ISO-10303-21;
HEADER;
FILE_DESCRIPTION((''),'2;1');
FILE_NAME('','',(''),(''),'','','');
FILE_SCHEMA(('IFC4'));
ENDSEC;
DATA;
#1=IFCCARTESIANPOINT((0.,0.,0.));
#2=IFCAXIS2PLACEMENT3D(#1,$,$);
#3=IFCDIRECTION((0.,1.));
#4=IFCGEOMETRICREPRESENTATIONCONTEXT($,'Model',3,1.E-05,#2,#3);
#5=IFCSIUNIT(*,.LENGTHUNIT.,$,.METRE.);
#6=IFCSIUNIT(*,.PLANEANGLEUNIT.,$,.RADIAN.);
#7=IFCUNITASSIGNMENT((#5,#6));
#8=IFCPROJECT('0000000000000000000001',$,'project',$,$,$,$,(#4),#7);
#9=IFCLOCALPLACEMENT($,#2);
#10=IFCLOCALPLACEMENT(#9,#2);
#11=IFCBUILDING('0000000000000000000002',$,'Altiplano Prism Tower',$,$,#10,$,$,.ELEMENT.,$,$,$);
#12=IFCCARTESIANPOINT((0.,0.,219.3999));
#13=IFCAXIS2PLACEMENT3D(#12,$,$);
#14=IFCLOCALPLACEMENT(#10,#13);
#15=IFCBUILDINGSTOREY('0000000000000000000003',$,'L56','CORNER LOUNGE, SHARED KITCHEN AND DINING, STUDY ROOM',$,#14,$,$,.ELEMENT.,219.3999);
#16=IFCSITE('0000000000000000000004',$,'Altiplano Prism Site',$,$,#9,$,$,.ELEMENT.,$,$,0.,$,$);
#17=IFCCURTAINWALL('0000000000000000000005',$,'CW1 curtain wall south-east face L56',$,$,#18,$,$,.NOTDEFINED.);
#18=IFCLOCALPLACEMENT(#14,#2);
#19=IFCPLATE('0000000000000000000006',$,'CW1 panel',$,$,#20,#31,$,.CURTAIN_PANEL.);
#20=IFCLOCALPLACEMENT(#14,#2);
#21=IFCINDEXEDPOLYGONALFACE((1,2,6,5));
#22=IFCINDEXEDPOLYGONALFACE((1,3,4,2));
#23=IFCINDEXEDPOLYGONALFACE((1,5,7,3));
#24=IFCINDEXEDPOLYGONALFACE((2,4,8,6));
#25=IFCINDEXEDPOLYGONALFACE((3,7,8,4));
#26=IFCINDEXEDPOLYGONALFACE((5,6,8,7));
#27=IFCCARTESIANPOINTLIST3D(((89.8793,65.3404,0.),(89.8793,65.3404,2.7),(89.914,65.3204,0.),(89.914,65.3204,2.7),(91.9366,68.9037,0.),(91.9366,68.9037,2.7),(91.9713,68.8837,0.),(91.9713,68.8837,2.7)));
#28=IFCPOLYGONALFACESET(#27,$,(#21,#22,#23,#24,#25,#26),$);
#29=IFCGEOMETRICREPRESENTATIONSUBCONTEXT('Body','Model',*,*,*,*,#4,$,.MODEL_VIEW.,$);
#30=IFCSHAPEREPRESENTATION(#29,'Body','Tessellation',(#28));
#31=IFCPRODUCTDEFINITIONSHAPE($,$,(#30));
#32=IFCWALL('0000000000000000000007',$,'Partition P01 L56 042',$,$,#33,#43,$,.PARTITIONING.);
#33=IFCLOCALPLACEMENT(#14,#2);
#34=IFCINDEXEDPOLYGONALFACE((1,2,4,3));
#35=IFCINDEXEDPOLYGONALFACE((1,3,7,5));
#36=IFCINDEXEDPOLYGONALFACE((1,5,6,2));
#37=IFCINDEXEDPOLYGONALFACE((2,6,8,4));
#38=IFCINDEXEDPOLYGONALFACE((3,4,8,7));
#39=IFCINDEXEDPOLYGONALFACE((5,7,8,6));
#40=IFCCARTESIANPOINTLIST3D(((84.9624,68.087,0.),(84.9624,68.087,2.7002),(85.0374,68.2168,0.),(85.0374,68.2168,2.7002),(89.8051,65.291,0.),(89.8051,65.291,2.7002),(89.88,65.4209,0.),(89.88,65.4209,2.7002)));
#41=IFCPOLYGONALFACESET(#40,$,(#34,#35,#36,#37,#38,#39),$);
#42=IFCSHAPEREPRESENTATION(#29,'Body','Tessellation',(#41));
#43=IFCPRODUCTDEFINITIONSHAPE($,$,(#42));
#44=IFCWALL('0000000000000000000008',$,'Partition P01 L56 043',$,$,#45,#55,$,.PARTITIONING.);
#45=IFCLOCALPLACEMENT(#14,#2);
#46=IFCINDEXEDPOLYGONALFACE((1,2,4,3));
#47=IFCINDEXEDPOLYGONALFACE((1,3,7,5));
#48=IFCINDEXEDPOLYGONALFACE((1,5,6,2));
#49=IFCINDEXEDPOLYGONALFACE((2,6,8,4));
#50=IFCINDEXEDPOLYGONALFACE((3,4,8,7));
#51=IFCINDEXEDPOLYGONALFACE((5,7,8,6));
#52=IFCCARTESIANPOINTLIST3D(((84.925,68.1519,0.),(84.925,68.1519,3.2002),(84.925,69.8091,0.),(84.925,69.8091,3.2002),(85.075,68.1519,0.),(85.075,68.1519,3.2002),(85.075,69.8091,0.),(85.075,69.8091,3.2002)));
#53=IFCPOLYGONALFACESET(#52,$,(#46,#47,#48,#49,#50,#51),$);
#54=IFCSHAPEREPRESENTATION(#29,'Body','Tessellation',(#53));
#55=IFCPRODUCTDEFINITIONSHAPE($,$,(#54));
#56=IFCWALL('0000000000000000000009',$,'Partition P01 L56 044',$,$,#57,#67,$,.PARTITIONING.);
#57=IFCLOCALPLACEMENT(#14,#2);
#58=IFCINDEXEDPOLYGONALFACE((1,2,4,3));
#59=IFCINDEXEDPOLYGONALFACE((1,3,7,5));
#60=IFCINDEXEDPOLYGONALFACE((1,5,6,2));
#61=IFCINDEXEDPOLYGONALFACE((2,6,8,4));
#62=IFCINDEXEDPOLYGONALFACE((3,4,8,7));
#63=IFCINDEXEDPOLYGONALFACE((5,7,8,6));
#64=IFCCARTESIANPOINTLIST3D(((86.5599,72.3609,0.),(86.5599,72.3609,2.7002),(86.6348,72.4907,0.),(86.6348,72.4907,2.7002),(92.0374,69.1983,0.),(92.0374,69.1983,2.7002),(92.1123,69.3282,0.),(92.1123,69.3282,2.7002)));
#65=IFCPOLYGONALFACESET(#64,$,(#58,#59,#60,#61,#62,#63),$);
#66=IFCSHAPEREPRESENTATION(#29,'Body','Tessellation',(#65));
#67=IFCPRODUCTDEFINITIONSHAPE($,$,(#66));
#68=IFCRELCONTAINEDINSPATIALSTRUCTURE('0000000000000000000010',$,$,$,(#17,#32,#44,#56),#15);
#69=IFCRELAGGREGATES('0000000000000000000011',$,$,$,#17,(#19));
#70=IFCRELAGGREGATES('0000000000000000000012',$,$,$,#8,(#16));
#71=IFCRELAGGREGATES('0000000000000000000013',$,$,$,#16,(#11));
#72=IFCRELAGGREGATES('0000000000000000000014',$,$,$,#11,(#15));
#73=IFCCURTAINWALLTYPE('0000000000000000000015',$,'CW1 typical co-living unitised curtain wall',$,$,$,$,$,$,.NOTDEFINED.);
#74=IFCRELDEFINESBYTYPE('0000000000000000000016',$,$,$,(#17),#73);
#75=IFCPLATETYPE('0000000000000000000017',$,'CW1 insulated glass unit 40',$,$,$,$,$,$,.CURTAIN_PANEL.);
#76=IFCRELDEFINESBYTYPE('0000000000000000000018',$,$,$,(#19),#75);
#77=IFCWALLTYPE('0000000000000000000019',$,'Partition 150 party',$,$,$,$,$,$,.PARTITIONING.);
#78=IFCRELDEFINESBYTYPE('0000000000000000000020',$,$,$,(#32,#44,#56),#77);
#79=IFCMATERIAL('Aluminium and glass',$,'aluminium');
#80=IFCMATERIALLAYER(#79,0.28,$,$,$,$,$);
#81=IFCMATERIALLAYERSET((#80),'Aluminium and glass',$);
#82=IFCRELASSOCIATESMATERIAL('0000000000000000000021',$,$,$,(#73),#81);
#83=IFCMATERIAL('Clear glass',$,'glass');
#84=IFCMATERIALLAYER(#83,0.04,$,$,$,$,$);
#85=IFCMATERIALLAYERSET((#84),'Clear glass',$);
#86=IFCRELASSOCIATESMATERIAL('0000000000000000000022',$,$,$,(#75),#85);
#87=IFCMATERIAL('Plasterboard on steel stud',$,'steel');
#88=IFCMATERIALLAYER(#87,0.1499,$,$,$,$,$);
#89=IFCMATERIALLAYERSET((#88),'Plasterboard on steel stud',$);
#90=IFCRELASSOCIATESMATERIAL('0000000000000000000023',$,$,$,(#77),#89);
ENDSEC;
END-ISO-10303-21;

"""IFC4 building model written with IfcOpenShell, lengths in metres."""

from ifc_helpers import new_model, si_unit, direction, frame, frame_2d, origin, origin_2d, place, context, subcontext, project, spatial, rectangle, extrude, material, layer, layer_set, type_object, element, aggregate, save


model = new_model("IFC4")

# Units and contexts
model_context = context("Model", 3, precision=1e-05, world=origin(), true_north=direction((0.0, 1.0)))
body_context = subcontext(model_context, "Body", "Model", "MODEL_VIEW")
ifc_project = project(units=[si_unit("LENGTHUNIT", "METRE"), si_unit("PLANEANGLEUNIT", "RADIAN")], contexts=[model_context])

# Site, building, storey
site_placement = place(None, origin())
site = spatial("IfcSite", under=ifc_project, at=site_placement, Name="Altiplano Prism Site", CompositionType="ELEMENT", RefElevation=0.0)
building_placement = place(site_placement, origin())
building = spatial("IfcBuilding", under=site, at=building_placement, Name="Altiplano Prism Tower", CompositionType="ELEMENT")
storey_placement = place(building_placement, frame((0.0, 0.0, 219.3999)))
storey = spatial("IfcBuildingStorey", under=building, at=storey_placement, Name="L56", Description="CORNER LOUNGE, SHARED KITCHEN AND DINING, STUDY ROOM", CompositionType="ELEMENT", Elevation=219.3999)

# Curtain wall
ifc_material_1 = material(Name="Aluminium and glass", Category="aluminium")
ifc_layer_1 = layer(ifc_material_1, 0.28)
ifc_layer_set_1 = layer_set([ifc_layer_1], Name="Aluminium and glass")
curtain_wall_type = type_object("IfcCurtainWallType", Name="CW1 typical co-living unitised curtain wall", PredefinedType="NOTDEFINED", material=ifc_layer_set_1)
curtain_wall_1_placement = place(storey_placement, origin())
curtain_wall_1 = element("IfcCurtainWall", 1, at=curtain_wall_1_placement, inside=storey, type_object=curtain_wall_type, Name="CW1 curtain wall south-east face L56", PredefinedType="NOTDEFINED")

# Plate
ifc_material_2 = material(Name="Clear glass", Category="glass")
ifc_layer_2 = layer(ifc_material_2, 0.04)
ifc_layer_set_2 = layer_set([ifc_layer_2], Name="Clear glass")
plate_type = type_object("IfcPlateType", Name="CW1 insulated glass unit 40", PredefinedType="CURTAIN_PANEL", material=ifc_layer_set_2)
plate_1_placement = place(storey_placement, frame((90.9253, 67.1121, 0.0), z_axis=(0.0, 0.0, 1.0), x_axis=(0.5, 0.866025, 0.0)))
plate_1 = element("IfcPlate", 2, at=plate_1_placement, type_object=plate_type, Name="CW1 panel", PredefinedType="CURTAIN_PANEL", context=body_context, shape_type="SweptSolid", body=[
    extrude(rectangle(XDim=4.1145, YDim=0.04, at=origin_2d()), origin(), (0.0, 0.0, 1.0), 2.7),
])
aggregate(curtain_wall_1, [plate_1])

# Walls
ifc_material_3 = material(Name="Plasterboard on steel stud", Category="steel")
ifc_layer_3 = layer(ifc_material_3, 0.1499)
ifc_layer_set_3 = layer_set([ifc_layer_3], Name="Plasterboard on steel stud")
wall_type = type_object("IfcWallType", Name="Partition 150 party", PredefinedType="PARTITIONING", material=ifc_layer_set_3)
wall_1_placement = place(storey_placement, frame((89.8425, 65.356, 0.0), z_axis=(0.0, 0.0, 1.0), x_axis=(-0.866021, 0.500008, 0.0)))
element("IfcWall", 3, at=wall_1_placement, inside=storey, type_object=wall_type, Name="Partition P01 L56 042", PredefinedType="PARTITIONING", context=body_context, shape_type="SweptSolid", body=[
    extrude(rectangle(XDim=5.5918, YDim=0.1499, at=frame_2d((2.7959, 0.0))), origin(), (0.0, 0.0, 1.0), 2.7002),
])
wall_2_placement = place(storey_placement, frame((85.0, 68.1519, 0.0), z_axis=(0.0, 0.0, 1.0), x_axis=(0.0, 1.0, 0.0)))
element("IfcWall", 4, at=wall_2_placement, inside=storey, type_object=wall_type, Name="Partition P01 L56 043", PredefinedType="PARTITIONING", context=body_context, shape_type="SweptSolid", body=[
    extrude(rectangle(XDim=1.6572, YDim=0.1499, at=frame_2d((0.8286, 0.0))), origin(), (0.0, 0.0, 1.0), 3.2002),
])
wall_3_placement = place(storey_placement, frame((92.075, 69.2632, 0.0), z_axis=(0.0, 0.0, 1.0), x_axis=(-0.866016, 0.500016, 0.0)))
element("IfcWall", 5, at=wall_3_placement, inside=storey, type_object=wall_type, Name="Partition P01 L56 044", PredefinedType="PARTITIONING", context=body_context, shape_type="SweptSolid", body=[
    extrude(rectangle(XDim=6.325, YDim=0.1499, at=frame_2d((3.1626, 0.0))), origin(), (0.0, 0.0, 1.0), 2.7002),
])

save(model, "model.ifc")
